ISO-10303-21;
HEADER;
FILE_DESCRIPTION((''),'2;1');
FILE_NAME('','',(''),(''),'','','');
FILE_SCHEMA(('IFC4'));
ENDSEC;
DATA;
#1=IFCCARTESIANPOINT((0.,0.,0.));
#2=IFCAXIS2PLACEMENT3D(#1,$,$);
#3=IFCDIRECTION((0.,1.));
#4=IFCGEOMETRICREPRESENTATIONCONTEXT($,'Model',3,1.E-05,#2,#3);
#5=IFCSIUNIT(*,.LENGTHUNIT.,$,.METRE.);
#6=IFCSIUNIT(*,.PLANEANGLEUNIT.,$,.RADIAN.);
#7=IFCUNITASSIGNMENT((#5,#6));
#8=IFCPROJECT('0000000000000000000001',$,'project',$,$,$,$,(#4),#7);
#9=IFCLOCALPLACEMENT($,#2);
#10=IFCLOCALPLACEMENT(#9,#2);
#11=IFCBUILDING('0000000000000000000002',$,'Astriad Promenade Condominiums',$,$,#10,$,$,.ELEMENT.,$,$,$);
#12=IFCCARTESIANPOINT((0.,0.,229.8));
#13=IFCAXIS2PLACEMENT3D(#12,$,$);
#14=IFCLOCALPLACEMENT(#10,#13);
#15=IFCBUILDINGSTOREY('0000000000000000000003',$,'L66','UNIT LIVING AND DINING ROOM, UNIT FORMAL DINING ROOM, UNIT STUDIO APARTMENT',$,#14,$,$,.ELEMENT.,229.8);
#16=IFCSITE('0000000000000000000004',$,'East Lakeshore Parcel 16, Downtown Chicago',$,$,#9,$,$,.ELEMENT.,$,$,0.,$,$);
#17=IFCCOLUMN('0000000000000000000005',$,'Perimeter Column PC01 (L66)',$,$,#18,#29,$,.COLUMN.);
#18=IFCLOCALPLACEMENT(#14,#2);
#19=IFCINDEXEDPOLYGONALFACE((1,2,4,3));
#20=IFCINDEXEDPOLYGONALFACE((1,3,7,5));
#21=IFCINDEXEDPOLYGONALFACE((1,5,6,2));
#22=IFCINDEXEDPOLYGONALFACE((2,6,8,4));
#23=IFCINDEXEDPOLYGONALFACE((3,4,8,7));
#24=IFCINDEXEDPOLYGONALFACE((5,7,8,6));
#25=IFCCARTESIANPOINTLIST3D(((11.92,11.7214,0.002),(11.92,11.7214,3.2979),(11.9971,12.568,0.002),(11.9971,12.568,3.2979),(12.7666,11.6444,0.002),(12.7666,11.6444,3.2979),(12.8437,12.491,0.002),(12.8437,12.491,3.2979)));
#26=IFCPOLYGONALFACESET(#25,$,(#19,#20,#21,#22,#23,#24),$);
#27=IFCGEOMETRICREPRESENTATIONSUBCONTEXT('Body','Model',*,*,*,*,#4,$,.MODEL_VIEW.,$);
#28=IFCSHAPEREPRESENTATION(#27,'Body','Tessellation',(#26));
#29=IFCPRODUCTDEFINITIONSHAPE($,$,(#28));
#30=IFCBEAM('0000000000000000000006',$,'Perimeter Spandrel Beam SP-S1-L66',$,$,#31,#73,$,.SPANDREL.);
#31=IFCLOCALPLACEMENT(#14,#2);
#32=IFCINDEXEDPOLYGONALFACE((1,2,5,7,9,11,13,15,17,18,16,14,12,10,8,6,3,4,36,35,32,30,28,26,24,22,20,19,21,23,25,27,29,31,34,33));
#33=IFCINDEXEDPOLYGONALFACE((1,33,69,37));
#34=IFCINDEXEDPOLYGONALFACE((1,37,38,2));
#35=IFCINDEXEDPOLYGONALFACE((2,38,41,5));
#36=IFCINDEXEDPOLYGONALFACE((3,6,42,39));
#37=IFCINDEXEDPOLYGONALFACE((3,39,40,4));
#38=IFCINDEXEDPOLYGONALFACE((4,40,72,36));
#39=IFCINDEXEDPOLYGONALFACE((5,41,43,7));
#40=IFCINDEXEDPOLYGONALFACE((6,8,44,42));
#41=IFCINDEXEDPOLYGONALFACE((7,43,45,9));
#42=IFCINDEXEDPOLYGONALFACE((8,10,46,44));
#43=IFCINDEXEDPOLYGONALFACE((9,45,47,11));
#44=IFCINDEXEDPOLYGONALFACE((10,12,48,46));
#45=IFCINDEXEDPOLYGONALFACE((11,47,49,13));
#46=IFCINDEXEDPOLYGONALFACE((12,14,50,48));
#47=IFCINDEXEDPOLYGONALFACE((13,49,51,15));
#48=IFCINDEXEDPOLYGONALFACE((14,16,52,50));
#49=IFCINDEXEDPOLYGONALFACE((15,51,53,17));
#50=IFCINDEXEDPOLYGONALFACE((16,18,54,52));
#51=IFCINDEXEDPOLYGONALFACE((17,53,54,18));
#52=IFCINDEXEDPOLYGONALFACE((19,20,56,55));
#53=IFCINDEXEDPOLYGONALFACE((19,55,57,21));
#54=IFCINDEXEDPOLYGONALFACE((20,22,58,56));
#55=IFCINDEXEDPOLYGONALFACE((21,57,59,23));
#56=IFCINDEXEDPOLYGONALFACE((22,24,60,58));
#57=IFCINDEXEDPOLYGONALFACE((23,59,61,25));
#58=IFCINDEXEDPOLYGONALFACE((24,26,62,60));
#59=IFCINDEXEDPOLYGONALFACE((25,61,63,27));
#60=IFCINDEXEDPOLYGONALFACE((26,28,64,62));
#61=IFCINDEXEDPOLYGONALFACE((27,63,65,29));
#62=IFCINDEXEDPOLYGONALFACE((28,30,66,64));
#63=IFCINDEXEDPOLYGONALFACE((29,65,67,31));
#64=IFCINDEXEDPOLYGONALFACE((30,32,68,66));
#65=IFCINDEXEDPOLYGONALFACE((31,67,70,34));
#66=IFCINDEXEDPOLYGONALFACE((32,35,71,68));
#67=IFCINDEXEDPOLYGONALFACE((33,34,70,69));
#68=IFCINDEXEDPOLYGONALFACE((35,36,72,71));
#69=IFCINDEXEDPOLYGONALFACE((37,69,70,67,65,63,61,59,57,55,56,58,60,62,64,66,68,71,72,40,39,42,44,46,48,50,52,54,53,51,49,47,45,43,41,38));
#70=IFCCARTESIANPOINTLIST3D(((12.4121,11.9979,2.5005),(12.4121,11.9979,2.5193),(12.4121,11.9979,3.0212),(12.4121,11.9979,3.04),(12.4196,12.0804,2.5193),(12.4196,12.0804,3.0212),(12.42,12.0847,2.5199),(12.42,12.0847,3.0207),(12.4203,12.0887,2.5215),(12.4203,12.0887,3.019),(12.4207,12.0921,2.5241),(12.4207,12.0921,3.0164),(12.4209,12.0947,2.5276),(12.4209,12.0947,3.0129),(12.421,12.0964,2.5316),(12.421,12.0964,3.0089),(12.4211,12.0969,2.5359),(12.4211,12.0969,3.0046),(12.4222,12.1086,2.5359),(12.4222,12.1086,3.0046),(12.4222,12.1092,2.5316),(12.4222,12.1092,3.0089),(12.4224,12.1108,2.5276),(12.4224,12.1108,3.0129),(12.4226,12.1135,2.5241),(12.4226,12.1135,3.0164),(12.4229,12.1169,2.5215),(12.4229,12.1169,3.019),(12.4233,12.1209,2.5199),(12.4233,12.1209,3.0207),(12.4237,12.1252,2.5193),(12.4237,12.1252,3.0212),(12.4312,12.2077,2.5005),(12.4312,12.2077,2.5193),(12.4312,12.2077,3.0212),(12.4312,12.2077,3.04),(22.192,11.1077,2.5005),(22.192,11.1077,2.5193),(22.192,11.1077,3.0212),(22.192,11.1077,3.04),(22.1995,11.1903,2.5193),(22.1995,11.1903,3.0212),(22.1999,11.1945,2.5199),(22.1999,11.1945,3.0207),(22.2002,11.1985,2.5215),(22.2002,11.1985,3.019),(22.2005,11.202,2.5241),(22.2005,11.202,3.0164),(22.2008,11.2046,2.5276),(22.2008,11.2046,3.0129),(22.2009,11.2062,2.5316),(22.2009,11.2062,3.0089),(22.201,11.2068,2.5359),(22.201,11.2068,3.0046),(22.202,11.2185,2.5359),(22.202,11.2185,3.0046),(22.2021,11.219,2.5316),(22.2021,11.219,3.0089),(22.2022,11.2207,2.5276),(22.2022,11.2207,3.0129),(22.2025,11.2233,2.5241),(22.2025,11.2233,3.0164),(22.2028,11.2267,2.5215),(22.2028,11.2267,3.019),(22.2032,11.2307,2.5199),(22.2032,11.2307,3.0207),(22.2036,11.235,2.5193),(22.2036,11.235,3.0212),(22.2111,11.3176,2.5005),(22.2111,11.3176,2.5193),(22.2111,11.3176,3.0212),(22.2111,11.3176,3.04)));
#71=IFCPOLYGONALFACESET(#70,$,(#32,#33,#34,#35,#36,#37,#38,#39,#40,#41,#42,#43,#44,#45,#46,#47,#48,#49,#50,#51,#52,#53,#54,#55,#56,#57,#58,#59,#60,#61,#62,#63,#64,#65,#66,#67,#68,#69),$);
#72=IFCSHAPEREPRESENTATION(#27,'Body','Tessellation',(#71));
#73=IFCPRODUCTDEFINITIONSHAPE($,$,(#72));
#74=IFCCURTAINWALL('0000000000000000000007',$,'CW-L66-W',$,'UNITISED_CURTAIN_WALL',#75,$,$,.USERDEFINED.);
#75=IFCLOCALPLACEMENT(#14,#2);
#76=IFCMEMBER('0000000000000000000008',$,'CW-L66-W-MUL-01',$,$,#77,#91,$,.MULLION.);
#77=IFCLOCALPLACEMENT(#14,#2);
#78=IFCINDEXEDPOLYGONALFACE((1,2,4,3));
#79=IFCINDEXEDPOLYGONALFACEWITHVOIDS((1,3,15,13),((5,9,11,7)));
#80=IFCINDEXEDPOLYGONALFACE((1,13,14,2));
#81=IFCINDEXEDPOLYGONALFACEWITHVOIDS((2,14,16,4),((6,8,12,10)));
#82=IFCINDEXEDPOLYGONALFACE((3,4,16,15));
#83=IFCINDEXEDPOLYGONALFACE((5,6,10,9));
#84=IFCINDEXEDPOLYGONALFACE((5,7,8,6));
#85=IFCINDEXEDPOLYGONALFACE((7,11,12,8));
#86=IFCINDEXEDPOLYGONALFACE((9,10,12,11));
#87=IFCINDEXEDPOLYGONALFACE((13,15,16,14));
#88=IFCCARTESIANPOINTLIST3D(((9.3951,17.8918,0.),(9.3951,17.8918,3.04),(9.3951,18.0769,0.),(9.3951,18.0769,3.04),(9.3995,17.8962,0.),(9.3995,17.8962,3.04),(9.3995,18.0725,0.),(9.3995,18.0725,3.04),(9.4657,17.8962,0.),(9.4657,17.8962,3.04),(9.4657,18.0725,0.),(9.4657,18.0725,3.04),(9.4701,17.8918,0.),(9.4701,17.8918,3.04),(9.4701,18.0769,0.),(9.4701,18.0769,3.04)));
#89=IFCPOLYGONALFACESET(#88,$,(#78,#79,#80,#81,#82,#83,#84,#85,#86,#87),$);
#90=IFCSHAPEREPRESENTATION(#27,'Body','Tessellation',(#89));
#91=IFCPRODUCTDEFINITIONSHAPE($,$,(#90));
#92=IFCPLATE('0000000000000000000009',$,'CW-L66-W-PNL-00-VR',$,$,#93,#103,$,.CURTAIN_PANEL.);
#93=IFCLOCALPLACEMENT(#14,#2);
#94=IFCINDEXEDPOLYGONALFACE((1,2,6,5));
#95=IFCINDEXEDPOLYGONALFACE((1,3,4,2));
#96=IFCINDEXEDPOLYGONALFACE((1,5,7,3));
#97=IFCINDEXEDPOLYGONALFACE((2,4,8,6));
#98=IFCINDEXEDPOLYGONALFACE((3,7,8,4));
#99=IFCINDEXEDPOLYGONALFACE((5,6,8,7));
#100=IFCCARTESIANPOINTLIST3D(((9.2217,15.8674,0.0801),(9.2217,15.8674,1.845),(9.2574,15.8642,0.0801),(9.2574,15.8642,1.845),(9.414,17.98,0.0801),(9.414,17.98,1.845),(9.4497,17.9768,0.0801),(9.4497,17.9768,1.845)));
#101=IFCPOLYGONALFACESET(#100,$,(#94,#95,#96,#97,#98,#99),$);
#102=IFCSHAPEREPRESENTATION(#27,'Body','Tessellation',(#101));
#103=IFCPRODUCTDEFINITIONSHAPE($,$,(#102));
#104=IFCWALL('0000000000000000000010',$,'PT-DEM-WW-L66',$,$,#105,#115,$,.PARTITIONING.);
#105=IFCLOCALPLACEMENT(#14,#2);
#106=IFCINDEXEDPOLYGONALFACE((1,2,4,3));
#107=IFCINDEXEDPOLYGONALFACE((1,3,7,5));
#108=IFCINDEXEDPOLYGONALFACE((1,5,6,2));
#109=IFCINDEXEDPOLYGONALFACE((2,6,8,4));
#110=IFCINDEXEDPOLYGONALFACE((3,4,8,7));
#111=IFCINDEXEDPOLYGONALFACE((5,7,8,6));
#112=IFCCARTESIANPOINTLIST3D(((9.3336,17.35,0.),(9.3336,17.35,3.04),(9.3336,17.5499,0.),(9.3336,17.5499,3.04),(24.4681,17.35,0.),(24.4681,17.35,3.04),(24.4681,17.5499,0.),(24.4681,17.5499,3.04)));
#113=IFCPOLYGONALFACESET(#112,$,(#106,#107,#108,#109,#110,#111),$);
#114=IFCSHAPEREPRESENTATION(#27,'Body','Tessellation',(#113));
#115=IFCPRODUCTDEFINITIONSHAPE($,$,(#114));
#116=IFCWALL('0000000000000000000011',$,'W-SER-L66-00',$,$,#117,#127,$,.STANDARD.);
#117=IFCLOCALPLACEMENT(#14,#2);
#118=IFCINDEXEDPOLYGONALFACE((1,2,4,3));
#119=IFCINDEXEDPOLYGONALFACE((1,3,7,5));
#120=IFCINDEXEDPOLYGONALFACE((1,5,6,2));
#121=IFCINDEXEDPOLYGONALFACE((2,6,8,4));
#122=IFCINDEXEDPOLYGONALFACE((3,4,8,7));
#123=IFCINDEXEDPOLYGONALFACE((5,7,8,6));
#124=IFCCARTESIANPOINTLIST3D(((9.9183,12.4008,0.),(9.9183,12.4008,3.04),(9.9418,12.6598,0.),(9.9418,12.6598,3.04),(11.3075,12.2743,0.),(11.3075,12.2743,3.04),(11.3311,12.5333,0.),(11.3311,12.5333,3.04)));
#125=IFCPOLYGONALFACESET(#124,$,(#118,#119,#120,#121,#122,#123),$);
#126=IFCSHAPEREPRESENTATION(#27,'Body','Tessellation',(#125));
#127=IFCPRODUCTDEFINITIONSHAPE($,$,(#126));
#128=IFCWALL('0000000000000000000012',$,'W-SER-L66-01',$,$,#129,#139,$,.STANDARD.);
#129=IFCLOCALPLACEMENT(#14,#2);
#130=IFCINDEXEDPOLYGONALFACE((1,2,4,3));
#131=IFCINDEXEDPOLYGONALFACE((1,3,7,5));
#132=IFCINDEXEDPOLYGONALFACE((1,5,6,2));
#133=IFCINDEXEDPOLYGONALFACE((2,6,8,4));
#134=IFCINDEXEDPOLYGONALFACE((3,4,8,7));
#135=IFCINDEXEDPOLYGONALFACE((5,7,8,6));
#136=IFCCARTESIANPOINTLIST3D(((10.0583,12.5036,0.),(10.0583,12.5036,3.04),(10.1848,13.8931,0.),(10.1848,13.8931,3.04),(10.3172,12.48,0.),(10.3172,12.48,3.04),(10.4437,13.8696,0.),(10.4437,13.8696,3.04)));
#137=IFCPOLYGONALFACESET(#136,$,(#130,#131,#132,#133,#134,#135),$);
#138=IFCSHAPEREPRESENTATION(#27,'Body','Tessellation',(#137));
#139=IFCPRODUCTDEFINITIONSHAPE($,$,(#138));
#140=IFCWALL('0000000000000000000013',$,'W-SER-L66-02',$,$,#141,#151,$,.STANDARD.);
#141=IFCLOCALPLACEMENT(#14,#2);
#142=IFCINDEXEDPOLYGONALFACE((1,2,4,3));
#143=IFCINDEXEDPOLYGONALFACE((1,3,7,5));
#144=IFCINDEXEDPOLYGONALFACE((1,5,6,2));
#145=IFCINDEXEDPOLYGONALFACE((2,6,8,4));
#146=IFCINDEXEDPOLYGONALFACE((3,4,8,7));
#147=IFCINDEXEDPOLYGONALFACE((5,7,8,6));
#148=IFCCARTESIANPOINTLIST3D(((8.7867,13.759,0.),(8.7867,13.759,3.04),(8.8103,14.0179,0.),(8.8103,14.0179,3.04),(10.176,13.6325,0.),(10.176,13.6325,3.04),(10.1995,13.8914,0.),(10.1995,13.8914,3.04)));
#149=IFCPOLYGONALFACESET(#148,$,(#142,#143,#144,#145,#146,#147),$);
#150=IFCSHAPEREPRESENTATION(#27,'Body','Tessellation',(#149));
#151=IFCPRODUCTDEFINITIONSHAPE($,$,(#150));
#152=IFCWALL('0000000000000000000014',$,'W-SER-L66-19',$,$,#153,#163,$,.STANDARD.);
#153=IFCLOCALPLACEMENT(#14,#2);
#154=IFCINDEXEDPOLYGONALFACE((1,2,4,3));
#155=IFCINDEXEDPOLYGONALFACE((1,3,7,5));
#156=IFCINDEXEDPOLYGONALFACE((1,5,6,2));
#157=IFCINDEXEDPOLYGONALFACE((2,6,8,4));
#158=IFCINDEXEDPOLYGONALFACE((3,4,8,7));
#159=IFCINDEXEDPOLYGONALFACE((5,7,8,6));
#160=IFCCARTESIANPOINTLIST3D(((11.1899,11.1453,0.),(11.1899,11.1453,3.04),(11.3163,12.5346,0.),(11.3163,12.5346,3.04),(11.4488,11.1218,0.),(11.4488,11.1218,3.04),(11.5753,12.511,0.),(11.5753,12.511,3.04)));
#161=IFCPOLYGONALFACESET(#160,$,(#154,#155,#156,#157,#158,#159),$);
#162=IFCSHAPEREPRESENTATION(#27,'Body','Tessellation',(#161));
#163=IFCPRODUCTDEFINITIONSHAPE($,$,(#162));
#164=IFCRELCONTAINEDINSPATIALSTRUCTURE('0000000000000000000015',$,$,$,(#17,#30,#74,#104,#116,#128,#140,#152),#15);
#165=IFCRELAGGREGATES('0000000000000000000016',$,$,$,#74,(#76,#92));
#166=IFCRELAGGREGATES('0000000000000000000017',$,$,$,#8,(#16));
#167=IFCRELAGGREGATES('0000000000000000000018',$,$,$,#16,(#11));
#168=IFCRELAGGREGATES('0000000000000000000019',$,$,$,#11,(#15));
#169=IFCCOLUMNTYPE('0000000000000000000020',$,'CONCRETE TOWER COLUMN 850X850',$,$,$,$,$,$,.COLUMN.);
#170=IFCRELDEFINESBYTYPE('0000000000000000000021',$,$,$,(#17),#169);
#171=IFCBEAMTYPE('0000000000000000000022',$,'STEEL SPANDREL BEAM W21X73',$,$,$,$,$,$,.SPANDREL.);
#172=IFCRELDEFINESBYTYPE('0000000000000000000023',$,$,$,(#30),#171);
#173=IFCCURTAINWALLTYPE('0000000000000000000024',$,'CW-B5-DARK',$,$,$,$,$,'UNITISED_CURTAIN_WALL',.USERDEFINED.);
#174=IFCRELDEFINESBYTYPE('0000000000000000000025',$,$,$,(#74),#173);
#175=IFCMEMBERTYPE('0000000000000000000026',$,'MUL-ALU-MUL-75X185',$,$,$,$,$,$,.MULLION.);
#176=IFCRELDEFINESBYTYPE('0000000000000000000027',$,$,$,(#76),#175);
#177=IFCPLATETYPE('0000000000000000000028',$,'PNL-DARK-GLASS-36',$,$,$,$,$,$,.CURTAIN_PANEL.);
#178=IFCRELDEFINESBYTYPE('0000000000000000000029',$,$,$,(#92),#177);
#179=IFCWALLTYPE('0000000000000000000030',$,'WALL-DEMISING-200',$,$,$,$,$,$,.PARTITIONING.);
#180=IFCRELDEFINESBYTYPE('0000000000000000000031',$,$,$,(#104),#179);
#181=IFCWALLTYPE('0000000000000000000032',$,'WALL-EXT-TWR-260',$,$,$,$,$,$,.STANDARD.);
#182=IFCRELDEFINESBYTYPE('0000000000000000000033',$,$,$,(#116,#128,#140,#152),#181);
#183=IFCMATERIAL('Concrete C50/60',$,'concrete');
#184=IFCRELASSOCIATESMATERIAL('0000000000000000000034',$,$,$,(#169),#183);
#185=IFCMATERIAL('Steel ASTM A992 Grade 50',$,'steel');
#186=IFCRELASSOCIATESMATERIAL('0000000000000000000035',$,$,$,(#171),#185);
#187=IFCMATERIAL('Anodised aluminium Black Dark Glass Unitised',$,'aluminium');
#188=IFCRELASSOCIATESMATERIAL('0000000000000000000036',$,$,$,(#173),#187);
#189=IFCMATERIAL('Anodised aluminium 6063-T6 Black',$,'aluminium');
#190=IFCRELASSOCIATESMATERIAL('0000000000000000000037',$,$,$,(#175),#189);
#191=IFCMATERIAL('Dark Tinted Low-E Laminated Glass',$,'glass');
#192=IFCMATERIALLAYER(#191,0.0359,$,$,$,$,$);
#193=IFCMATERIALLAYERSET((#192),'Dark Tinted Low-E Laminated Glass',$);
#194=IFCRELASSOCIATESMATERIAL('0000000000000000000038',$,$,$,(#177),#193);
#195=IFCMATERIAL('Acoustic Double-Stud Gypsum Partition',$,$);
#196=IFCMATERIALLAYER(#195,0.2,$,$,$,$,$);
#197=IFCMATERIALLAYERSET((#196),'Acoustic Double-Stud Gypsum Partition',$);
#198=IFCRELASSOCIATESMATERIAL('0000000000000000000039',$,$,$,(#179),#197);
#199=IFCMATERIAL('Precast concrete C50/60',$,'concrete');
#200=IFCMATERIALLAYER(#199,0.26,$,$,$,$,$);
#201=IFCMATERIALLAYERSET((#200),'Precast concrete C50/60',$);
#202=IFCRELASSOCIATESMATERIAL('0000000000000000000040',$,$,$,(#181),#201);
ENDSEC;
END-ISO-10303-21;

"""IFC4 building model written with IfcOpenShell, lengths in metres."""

from ifc_helpers import new_model, si_unit, direction, frame, frame_2d, origin, origin_2d, place, context, subcontext, project, spatial, rectangle, hollow_rectangle, i_section, extrude, source, transform, mapped, material, layer, layer_set, material_profile, profile_set, type_object, type_shapes, element, aggregate, save


model = new_model("IFC4")

# Units and contexts
model_context = context("Model", 3, precision=1e-05, world=origin(), true_north=direction((0.0, 1.0)))
body_context = subcontext(model_context, "Body", "Model", "MODEL_VIEW")
ifc_project = project(units=[si_unit("LENGTHUNIT", "METRE"), si_unit("PLANEANGLEUNIT", "RADIAN")], contexts=[model_context])

# Site, building, storey
site_placement = place(None, origin())
site = spatial("IfcSite", under=ifc_project, at=site_placement, Name="East Lakeshore Parcel 16, Downtown Chicago", CompositionType="ELEMENT", RefElevation=0.0)
building_placement = place(site_placement, origin())
building = spatial("IfcBuilding", under=site, at=building_placement, Name="Astriad Promenade Condominiums", CompositionType="ELEMENT")
storey_placement = place(building_placement, frame((0.0, 0.0, 229.8)))
storey = spatial("IfcBuildingStorey", under=building, at=storey_placement, Name="L66", Description="UNIT LIVING AND DINING ROOM, UNIT FORMAL DINING ROOM, UNIT STUDIO APARTMENT", CompositionType="ELEMENT", Elevation=229.8)

# Column
ifc_material_1 = material(Name="Concrete C50/60", Category="concrete")
ifc_material_profile_1 = material_profile(ifc_material_1, rectangle(XDim=0.8501, YDim=0.8501, at=origin_2d()), Name="RC-COL-850X850")
ifc_profile_set_1 = profile_set([ifc_material_profile_1], Name="Concrete C50/60")
column_type = type_object("IfcColumnType", Name="CONCRETE TOWER COLUMN 850X850", PredefinedType="COLUMN", material=ifc_profile_set_1)
shared_shape_1 = source(origin(), body_context, "Body", "SweptSolid", [
    extrude(rectangle(XDim=0.8501, YDim=0.8501, at=origin_2d()), origin(), (0.0, 0.0, 1.0), 3.2959),
])
type_shapes(column_type, [shared_shape_1])
column_placement = place(storey_placement, frame((12.3818, 12.1062, 0.002), z_axis=(0.0, 0.0, 1.0), x_axis=(0.995884, -0.090633, 0.0)))
element("IfcColumn", 1, at=column_placement, inside=storey, type_object=column_type, Name="Perimeter Column PC01 (L66)", PredefinedType="COLUMN", context=body_context, shape_type="MappedRepresentation", body=[
    mapped(shared_shape_1, transform((0.0, 0.0, 0.0), scale=1.0)),
])

# Beam
ifc_material_2 = material(Name="Steel ASTM A992 Grade 50", Category="steel")
ifc_material_profile_2 = material_profile(ifc_material_2, i_section(OverallWidth=0.2107, OverallDepth=0.5396, WebThickness=0.0117, FlangeThickness=0.0188, FilletRadius=0.0166, at=origin_2d()), Name="W21X73")
ifc_profile_set_2 = profile_set([ifc_material_profile_2], Name="Steel ASTM A992 Grade 50")
beam_type = type_object("IfcBeamType", Name="STEEL SPANDREL BEAM W21X73", PredefinedType="SPANDREL", material=ifc_profile_set_2)
shared_shape_2 = source(origin(), body_context, "Body", "SweptSolid", [
    extrude(i_section(OverallWidth=0.2107, OverallDepth=0.5396, WebThickness=0.0117, FlangeThickness=0.0188, FilletRadius=0.0166, at=origin_2d()), origin(), (0.0, 0.0, 1.0), 9.8203),
])
type_shapes(beam_type, [shared_shape_2])
beam_placement = place(storey_placement, frame((12.4216, 12.1028, 2.7703), z_axis=(0.995883, -0.090643, 0.0), x_axis=(0.090643, 0.995883, 0.0)))
element("IfcBeam", 2, at=beam_placement, inside=storey, type_object=beam_type, Name="Perimeter Spandrel Beam SP-S1-L66", PredefinedType="SPANDREL", context=body_context, shape_type="MappedRepresentation", body=[
    mapped(shared_shape_2, transform((0.0, 0.0, 0.0), scale=1.0)),
])

# Curtain wall, member, plate
ifc_material_3 = material(Name="Anodised aluminium Black Dark Glass Unitised", Category="aluminium")
curtain_wall_type = type_object("IfcCurtainWallType", Name="CW-B5-DARK", ElementType="UNITISED_CURTAIN_WALL", PredefinedType="USERDEFINED", material=ifc_material_3)
curtain_wall_placement = place(storey_placement, origin())
curtain_wall = element("IfcCurtainWall", 3, at=curtain_wall_placement, inside=storey, type_object=curtain_wall_type, Name="CW-L66-W", ObjectType="UNITISED_CURTAIN_WALL", PredefinedType="USERDEFINED")
ifc_material_4 = material(Name="Anodised aluminium 6063-T6 Black", Category="aluminium")
ifc_material_profile_3 = material_profile(ifc_material_4, hollow_rectangle(XDim=0.075, YDim=0.1851, WallThickness=0.0044, at=origin_2d()), Name="ALU-MUL-75X185")
ifc_profile_set_3 = profile_set([ifc_material_profile_3], Name="Anodised aluminium 6063-T6 Black")
member_type = type_object("IfcMemberType", Name="MUL-ALU-MUL-75X185", PredefinedType="MULLION", material=ifc_profile_set_3)
shared_shape_3 = source(origin(), body_context, "Body", "SweptSolid", [
    extrude(hollow_rectangle(XDim=0.075, YDim=0.1851, WallThickness=0.0044, at=origin_2d()), origin(), (0.0, 0.0, 1.0), 3.04),
])
type_shapes(member_type, [shared_shape_3])
member_placement = place(storey_placement, frame((9.4326, 17.9844, 0.0), z_axis=(0.0, 0.0, 1.0), x_axis=(1.0, 0.0, 0.0)))
member = element("IfcMember", 4, at=member_placement, type_object=member_type, Name="CW-L66-W-MUL-01", PredefinedType="MULLION", context=body_context, shape_type="MappedRepresentation", body=[
    mapped(shared_shape_3, transform((0.0, 0.0, 0.0), scale=1.0)),
])
ifc_material_5 = material(Name="Dark Tinted Low-E Laminated Glass", Category="glass")
ifc_layer_1 = layer(ifc_material_5, 0.0359)
ifc_layer_set_1 = layer_set([ifc_layer_1], Name="Dark Tinted Low-E Laminated Glass")
plate_type = type_object("IfcPlateType", Name="PNL-DARK-GLASS-36", PredefinedType="CURTAIN_PANEL", material=ifc_layer_set_1)
shared_shape_4 = source(origin(), body_context, "Body", "SweptSolid", [
    extrude(rectangle(XDim=2.1213, YDim=0.0359, at=origin_2d()), origin(), (0.0, 0.0, 1.0), 1.7649),
])
type_shapes(plate_type, [shared_shape_4])
plate_placement = place(storey_placement, frame((9.3357, 16.9221, 0.0801), z_axis=(0.0, 0.0, 1.0), x_axis=(0.090633, 0.995884, 0.0)))
plate = element("IfcPlate", 5, at=plate_placement, type_object=plate_type, Name="CW-L66-W-PNL-00-VR", PredefinedType="CURTAIN_PANEL", context=body_context, shape_type="MappedRepresentation", body=[
    mapped(shared_shape_4, transform((0.0, 0.0, 0.0), scale=1.0)),
])
aggregate(curtain_wall, [member, plate])

# Walls
ifc_material_6 = material(Name="Acoustic Double-Stud Gypsum Partition")
ifc_layer_2 = layer(ifc_material_6, 0.2)
ifc_layer_set_2 = layer_set([ifc_layer_2], Name="Acoustic Double-Stud Gypsum Partition")
wall_type_1 = type_object("IfcWallType", Name="WALL-DEMISING-200", PredefinedType="PARTITIONING", material=ifc_layer_set_2)
wall_1_placement = place(storey_placement, frame((9.3335, 17.45, 0.0), z_axis=(0.0, 0.0, 1.0), x_axis=(1.0, 0.0, 0.0)))
element("IfcWall", 6, at=wall_1_placement, inside=storey, type_object=wall_type_1, Name="PT-DEM-WW-L66", PredefinedType="PARTITIONING", context=body_context, shape_type="SweptSolid", body=[
    extrude(rectangle(XDim=15.1345, YDim=0.2, at=frame_2d((7.5674, 0.0))), origin(), (0.0, 0.0, 1.0), 3.04),
])
ifc_material_7 = material(Name="Precast concrete C50/60", Category="concrete")
ifc_layer_3 = layer(ifc_material_7, 0.26)
ifc_layer_set_3 = layer_set([ifc_layer_3], Name="Precast concrete C50/60")
wall_type_2 = type_object("IfcWallType", Name="WALL-EXT-TWR-260", PredefinedType="STANDARD", material=ifc_layer_set_3)
wall_2_placement = place(storey_placement, frame((11.3193, 12.4038, 0.0), z_axis=(0.0, 0.0, 1.0), x_axis=(-0.995882, 0.090662, 0.0)))
element("IfcWall", 7, at=wall_2_placement, inside=storey, type_object=wall_type_2, Name="W-SER-L66-00", PredefinedType="STANDARD", context=body_context, shape_type="SweptSolid", body=[
    extrude(rectangle(XDim=1.395, YDim=0.26, at=frame_2d((0.6975, 0.0))), origin(), (0.0, 0.0, 1.0), 3.04),
])
wall_3_placement = place(storey_placement, frame((10.1877, 12.4917, 0.0), z_axis=(0.0, 0.0, 1.0), x_axis=(0.090646, 0.995883, 0.0)))
element("IfcWall", 8, at=wall_3_placement, inside=storey, type_object=wall_type_2, Name="W-SER-L66-01", PredefinedType="STANDARD", context=body_context, shape_type="SweptSolid", body=[
    extrude(rectangle(XDim=1.3953, YDim=0.26, at=frame_2d((0.6978, 0.0))), origin(), (0.0, 0.0, 1.0), 3.04),
])
for number, where, z_axis, x_axis, name in (
    (9, (10.1877, 13.762, 0.0), (0.0, 0.0, 1.0), (-0.995882, 0.090662, 0.0), "W-SER-L66-02"),
    (10, (11.3193, 11.1335, 0.0), (0.0, 0.0, 1.0), (0.090662, 0.995882, 0.0), "W-SER-L66-19"),
):
    element("IfcWall", number, at=place(storey_placement, frame(where, z_axis=z_axis, x_axis=x_axis)), inside=storey, type_object=wall_type_2, Name=name, PredefinedType="STANDARD", context=body_context, shape_type="SweptSolid", body=[
        extrude(rectangle(XDim=1.395, YDim=0.26, at=frame_2d((0.6975, 0.0))), origin(), (0.0, 0.0, 1.0), 3.04),
    ])

save(model, "model.ifc")
